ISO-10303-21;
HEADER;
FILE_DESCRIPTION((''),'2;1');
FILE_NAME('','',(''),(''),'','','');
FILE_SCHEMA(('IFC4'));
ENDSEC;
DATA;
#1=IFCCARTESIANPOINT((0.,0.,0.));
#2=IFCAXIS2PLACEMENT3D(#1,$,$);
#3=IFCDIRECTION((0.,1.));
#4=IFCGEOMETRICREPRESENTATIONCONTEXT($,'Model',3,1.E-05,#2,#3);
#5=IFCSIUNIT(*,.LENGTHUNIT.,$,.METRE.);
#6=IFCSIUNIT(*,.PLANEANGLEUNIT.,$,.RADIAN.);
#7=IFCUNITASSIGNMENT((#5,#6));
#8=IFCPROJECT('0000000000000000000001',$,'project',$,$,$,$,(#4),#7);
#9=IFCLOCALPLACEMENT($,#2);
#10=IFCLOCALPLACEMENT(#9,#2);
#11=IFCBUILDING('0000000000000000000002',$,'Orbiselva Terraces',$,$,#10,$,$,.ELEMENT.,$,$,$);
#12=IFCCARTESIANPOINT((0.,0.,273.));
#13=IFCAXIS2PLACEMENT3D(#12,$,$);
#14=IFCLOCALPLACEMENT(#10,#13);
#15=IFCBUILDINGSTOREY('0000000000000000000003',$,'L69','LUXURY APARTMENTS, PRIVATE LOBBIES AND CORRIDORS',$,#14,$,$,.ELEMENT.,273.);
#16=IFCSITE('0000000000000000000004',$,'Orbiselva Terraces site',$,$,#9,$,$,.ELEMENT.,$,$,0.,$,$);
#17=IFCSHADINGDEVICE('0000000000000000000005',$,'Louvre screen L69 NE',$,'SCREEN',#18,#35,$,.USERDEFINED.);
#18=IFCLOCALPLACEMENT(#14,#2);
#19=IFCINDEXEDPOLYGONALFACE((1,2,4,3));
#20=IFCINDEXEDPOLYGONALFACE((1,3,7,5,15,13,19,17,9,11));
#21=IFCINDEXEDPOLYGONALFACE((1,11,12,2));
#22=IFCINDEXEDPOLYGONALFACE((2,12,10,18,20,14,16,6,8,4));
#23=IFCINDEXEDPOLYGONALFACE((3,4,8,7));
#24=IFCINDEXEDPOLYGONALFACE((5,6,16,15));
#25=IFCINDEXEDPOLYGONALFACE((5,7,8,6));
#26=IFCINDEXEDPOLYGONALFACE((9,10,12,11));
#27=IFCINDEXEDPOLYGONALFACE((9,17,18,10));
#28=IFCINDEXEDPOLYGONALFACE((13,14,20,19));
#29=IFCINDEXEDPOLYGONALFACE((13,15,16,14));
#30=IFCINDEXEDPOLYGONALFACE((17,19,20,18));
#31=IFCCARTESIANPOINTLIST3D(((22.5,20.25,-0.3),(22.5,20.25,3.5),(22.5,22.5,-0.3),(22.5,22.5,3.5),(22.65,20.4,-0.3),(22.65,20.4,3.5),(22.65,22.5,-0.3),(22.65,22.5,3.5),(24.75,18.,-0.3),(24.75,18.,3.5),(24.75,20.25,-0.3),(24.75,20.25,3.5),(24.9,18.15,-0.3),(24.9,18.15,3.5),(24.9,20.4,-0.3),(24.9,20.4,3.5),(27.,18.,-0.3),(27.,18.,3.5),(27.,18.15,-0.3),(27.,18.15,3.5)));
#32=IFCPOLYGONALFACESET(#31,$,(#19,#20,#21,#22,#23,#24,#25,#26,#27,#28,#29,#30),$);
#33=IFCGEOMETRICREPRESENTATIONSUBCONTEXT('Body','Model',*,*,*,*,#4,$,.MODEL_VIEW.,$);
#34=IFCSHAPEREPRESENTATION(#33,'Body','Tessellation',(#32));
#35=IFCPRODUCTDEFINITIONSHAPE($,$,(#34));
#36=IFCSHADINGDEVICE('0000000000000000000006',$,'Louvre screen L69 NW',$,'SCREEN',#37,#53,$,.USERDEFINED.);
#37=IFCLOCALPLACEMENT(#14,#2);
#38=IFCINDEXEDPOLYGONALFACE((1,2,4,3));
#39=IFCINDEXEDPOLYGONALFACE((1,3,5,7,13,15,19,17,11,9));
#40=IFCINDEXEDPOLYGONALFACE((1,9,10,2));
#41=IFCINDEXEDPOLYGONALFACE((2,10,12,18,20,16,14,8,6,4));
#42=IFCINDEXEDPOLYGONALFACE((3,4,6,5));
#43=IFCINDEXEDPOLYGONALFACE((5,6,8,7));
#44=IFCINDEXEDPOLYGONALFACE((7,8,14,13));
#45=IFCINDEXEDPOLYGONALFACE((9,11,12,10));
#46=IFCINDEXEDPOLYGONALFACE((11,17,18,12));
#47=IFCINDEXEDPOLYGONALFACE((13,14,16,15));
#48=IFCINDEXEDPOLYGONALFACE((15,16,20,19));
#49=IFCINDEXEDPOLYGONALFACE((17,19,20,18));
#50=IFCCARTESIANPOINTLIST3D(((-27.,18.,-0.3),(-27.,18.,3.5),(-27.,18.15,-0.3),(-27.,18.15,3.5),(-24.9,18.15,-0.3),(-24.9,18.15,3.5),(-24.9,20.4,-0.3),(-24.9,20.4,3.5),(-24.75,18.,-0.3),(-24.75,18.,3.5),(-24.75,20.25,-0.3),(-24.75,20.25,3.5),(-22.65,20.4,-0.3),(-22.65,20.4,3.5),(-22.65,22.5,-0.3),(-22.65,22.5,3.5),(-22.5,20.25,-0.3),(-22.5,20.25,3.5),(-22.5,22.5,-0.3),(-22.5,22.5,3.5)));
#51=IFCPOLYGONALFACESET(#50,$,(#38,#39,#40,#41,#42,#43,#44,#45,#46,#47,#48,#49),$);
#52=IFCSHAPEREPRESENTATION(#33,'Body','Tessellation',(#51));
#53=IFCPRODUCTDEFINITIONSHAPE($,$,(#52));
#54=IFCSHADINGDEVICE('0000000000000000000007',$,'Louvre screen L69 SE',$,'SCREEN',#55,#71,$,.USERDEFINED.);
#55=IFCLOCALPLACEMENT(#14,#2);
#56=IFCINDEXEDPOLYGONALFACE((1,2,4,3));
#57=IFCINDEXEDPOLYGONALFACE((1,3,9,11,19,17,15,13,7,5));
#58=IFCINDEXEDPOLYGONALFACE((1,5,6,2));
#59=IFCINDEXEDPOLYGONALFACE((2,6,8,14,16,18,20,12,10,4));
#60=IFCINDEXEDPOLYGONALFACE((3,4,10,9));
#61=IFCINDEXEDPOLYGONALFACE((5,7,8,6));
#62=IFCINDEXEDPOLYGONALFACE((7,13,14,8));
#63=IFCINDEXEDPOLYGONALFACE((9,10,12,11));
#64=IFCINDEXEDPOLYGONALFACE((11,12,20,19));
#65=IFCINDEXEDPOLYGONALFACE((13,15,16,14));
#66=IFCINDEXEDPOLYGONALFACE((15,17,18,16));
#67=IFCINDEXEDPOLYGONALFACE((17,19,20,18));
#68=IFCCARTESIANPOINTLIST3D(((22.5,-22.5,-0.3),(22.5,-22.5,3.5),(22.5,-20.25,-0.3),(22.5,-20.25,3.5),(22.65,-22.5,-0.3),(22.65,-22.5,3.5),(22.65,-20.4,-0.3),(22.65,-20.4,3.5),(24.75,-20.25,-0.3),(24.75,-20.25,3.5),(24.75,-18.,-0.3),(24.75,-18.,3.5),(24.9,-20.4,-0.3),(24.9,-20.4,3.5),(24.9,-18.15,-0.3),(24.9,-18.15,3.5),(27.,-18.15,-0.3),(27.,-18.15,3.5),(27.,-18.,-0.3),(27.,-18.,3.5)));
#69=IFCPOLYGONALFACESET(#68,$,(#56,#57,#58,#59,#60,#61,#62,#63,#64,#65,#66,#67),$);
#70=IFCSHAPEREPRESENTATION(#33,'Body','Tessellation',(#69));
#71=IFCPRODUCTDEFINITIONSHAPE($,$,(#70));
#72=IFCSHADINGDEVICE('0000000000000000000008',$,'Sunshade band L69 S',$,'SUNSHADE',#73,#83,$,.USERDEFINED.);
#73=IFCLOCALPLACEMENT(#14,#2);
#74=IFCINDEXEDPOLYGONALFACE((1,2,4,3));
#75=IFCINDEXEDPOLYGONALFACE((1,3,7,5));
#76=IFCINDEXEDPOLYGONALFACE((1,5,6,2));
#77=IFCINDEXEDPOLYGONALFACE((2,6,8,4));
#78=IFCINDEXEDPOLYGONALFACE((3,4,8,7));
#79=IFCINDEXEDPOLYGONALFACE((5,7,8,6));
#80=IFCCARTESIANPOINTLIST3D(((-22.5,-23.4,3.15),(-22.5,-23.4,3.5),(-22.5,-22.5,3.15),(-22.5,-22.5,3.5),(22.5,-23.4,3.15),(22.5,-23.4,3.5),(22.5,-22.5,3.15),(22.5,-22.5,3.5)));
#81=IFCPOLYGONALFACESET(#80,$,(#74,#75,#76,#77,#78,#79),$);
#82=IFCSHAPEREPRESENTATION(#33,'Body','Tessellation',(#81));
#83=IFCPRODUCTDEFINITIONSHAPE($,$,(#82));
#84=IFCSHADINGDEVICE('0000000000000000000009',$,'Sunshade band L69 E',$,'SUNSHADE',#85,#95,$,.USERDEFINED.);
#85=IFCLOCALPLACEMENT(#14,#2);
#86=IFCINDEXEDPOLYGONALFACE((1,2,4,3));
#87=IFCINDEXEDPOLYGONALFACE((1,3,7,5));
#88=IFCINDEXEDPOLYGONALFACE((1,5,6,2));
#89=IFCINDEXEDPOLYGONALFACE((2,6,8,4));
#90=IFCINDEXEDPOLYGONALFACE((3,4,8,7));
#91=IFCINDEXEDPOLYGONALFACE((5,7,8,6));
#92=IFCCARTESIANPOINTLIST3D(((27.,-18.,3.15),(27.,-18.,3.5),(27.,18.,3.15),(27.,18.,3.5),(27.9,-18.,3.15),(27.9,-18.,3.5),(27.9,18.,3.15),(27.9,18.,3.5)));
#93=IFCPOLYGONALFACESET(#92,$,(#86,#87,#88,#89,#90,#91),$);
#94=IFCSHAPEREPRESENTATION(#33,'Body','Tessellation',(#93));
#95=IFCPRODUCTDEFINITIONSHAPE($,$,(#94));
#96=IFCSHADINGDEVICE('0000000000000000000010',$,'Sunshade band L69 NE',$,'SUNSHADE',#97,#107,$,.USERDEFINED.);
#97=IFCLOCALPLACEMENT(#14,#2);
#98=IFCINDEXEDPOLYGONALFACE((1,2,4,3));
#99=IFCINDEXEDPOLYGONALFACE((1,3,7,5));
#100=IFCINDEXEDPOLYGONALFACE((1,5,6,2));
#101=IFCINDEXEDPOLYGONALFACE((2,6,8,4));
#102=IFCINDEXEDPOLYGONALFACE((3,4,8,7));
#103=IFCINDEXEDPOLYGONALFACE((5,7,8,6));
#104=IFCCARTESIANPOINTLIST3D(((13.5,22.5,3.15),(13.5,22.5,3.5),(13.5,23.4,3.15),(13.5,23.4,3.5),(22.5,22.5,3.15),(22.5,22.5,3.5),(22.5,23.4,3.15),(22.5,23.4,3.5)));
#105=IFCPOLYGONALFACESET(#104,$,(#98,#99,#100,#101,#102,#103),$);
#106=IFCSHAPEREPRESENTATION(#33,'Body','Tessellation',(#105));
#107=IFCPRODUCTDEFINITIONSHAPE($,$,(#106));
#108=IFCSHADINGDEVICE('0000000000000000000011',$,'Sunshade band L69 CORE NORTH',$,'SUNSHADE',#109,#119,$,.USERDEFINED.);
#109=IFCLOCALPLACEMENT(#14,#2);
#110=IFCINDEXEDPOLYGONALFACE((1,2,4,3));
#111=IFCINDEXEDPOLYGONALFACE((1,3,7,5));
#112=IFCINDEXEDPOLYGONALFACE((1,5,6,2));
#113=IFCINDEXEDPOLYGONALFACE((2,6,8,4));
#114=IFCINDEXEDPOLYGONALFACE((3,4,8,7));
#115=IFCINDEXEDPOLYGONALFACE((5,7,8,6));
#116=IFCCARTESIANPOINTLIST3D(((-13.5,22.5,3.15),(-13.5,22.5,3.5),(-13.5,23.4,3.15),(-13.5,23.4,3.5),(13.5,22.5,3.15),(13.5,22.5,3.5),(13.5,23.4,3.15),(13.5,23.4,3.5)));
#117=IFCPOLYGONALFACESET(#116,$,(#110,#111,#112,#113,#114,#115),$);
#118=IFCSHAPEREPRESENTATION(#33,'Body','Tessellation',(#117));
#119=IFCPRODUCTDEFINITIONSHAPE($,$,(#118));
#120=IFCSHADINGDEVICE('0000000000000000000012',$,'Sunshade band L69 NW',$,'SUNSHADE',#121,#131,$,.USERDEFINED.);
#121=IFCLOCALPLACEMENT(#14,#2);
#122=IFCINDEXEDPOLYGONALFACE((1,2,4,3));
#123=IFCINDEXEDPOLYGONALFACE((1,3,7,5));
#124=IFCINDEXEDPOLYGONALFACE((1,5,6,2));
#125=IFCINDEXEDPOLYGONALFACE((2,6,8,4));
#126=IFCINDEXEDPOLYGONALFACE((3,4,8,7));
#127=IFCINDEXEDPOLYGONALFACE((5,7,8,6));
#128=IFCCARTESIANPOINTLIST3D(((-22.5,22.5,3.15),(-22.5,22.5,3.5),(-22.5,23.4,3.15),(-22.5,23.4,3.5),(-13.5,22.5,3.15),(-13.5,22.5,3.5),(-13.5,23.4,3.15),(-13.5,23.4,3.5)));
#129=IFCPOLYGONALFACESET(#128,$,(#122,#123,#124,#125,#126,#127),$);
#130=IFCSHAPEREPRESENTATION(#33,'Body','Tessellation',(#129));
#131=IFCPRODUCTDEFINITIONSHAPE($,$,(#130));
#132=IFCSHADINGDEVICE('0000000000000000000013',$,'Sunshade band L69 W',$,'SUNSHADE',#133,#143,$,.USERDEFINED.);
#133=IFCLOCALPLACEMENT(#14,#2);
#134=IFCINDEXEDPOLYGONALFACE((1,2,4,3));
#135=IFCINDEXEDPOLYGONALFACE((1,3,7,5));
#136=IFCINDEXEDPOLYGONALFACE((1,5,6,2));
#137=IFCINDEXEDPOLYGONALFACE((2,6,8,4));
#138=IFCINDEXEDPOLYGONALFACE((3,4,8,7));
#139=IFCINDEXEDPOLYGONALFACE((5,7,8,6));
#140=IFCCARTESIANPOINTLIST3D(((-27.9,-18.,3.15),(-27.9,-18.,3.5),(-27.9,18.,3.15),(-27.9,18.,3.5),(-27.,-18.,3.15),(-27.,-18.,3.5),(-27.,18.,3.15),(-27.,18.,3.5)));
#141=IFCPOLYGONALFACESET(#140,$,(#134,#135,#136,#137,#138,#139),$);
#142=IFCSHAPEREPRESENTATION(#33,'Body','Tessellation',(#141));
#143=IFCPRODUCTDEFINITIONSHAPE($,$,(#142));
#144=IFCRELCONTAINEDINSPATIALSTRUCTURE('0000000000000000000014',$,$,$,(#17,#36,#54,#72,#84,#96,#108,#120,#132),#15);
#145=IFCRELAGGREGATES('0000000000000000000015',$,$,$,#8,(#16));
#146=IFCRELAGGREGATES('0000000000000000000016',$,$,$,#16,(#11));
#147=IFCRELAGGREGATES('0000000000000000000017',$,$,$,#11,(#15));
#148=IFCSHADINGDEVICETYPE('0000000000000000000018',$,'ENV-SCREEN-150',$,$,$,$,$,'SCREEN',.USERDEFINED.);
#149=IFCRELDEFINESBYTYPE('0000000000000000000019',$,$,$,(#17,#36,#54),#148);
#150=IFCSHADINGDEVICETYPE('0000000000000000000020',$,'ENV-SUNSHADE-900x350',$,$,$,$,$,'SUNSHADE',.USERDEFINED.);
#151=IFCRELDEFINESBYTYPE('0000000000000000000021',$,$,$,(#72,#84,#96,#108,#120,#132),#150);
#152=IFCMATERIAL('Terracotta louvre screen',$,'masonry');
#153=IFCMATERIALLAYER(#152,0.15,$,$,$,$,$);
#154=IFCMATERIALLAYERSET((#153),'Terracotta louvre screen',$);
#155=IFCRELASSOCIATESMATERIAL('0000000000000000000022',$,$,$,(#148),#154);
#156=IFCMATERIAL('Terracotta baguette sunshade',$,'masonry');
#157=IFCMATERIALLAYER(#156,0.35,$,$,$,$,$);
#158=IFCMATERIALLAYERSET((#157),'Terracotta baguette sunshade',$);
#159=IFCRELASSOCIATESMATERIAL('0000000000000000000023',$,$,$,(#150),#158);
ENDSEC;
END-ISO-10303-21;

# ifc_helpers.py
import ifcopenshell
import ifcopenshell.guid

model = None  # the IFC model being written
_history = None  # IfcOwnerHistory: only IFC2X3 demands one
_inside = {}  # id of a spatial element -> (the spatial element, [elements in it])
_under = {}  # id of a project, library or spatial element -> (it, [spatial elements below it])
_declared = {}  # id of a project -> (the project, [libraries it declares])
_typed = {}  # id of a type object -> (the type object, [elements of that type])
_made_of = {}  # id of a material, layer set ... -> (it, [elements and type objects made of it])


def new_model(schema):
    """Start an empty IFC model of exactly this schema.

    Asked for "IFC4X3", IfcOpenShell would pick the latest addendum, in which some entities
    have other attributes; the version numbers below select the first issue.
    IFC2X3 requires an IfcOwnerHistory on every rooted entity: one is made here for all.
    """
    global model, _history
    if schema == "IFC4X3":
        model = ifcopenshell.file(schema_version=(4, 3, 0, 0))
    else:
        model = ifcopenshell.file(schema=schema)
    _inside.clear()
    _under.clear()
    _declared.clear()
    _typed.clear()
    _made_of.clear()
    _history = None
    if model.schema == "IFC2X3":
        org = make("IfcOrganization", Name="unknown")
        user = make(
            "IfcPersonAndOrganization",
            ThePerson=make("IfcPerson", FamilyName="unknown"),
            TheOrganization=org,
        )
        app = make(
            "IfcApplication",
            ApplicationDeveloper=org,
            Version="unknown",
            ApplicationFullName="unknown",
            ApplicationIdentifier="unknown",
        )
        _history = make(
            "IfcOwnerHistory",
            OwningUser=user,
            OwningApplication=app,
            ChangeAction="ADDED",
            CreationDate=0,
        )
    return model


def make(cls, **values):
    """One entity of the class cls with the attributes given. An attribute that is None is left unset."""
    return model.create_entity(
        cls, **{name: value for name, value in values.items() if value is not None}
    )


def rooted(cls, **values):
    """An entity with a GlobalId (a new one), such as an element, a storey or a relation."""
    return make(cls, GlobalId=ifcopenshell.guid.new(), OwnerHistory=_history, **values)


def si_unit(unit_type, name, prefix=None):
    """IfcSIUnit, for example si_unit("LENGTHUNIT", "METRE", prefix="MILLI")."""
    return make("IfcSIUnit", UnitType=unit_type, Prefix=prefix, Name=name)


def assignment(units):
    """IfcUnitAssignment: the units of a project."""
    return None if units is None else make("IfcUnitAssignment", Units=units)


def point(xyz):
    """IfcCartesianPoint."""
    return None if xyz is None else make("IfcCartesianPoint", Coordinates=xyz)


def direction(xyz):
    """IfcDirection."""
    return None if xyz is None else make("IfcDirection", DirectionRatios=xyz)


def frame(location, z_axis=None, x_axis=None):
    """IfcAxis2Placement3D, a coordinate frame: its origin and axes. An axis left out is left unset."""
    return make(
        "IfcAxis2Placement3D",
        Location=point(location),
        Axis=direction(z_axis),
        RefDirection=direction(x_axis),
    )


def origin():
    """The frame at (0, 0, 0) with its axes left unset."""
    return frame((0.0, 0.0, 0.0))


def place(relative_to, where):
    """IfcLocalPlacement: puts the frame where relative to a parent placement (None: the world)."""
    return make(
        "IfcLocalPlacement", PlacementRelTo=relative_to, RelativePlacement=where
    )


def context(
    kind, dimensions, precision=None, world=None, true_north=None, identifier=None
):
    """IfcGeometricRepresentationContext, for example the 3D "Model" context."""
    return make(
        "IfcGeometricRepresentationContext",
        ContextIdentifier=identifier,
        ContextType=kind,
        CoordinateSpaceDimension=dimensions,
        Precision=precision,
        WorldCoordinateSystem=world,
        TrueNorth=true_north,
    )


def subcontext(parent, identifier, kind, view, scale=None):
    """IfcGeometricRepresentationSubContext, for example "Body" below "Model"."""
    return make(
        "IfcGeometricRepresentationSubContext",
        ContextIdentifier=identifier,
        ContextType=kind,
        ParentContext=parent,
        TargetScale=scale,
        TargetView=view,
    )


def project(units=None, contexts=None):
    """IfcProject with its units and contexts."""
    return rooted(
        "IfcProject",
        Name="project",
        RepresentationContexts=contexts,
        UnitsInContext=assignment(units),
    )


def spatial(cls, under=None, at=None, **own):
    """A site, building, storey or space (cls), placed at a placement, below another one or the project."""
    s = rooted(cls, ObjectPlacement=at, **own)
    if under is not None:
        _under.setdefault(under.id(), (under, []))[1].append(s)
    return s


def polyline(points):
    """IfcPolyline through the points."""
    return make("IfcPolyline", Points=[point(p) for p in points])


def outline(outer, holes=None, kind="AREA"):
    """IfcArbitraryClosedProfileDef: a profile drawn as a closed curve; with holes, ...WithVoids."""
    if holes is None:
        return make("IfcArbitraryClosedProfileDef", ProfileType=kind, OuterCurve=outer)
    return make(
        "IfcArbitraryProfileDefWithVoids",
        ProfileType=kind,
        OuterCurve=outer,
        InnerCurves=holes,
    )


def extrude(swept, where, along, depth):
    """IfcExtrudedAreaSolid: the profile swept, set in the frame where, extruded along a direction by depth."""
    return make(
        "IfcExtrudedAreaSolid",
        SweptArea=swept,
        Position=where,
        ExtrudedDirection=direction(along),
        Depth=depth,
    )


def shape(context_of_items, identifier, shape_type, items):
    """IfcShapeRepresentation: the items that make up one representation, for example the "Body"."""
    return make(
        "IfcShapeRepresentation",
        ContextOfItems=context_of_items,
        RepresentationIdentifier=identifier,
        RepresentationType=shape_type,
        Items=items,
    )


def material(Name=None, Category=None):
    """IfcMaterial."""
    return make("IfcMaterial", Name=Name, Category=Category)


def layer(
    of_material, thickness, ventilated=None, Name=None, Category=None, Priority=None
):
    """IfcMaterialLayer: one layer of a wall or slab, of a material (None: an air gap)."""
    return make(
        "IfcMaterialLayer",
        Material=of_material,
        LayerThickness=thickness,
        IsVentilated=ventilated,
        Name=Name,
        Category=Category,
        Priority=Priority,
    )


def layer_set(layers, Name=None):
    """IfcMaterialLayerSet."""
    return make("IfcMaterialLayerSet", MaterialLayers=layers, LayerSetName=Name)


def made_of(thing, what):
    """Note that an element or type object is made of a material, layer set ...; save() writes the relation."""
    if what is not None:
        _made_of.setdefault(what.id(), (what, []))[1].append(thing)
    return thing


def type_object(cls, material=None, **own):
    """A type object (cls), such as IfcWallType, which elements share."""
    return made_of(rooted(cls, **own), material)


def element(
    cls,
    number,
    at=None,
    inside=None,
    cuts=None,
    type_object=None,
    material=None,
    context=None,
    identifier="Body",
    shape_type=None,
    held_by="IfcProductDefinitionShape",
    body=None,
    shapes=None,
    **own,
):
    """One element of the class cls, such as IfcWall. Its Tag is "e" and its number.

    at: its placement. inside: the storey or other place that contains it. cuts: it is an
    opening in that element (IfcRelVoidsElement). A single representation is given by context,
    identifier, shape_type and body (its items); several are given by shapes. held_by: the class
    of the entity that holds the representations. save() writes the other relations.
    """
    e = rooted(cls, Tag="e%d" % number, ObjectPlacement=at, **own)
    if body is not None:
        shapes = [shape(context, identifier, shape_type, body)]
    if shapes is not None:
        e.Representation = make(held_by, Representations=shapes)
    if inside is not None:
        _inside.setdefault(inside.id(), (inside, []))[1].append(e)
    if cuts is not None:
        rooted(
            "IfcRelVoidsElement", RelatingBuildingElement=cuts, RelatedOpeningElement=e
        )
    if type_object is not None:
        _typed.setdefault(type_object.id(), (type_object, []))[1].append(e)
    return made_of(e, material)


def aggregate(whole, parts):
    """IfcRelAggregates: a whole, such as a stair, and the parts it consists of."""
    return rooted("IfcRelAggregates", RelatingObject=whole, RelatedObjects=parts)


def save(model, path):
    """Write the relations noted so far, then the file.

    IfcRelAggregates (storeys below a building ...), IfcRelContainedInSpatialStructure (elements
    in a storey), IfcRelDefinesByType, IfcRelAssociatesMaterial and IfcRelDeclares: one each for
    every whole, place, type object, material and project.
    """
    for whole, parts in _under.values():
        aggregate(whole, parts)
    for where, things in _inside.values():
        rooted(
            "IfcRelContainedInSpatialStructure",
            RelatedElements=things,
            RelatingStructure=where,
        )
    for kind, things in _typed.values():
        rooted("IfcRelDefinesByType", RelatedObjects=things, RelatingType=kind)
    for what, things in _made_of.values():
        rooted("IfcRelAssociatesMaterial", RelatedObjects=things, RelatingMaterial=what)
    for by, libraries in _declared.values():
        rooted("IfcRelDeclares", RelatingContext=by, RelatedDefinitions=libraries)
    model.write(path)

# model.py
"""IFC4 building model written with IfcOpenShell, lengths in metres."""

from ifc_helpers import new_model, si_unit, direction, frame, origin, place, context, subcontext, project, spatial, polyline, outline, extrude, material, layer, layer_set, type_object, element, save


model = new_model("IFC4")

# Units and contexts
model_context = context("Model", 3, precision=1e-05, world=origin(), true_north=direction((0.0, 1.0)))
body_context = subcontext(model_context, "Body", "Model", "MODEL_VIEW")
ifc_project = project(units=[si_unit("LENGTHUNIT", "METRE"), si_unit("PLANEANGLEUNIT", "RADIAN")], contexts=[model_context])

# Site, building, storey
site_placement = place(None, origin())
site = spatial("IfcSite", under=ifc_project, at=site_placement, Name="Orbiselva Terraces site", CompositionType="ELEMENT", RefElevation=0.0)
building_placement = place(site_placement, origin())
building = spatial("IfcBuilding", under=site, at=building_placement, Name="Orbiselva Terraces", CompositionType="ELEMENT")
storey_placement = place(building_placement, frame((0.0, 0.0, 273.0)))
storey = spatial("IfcBuildingStorey", under=building, at=storey_placement, Name="L69", Description="LUXURY APARTMENTS, PRIVATE LOBBIES AND CORRIDORS", CompositionType="ELEMENT", Elevation=273.0)

# Shading devices
ifc_material_1 = material(Name="Terracotta louvre screen", Category="masonry")
ifc_layer_1 = layer(ifc_material_1, 0.15)
ifc_layer_set_1 = layer_set([ifc_layer_1], Name="Terracotta louvre screen")
shading_device_type_1 = type_object("IfcShadingDeviceType", Name="ENV-SCREEN-150", ElementType="SCREEN", PredefinedType="USERDEFINED", material=ifc_layer_set_1)
shading_device_1_placement = place(storey_placement, frame((0.0, 0.0, -0.3)))
element("IfcShadingDevice", 1, at=shading_device_1_placement, inside=storey, type_object=shading_device_type_1, Name="Louvre screen L69 NE", ObjectType="SCREEN", PredefinedType="USERDEFINED", context=body_context, shape_type="SweptSolid", body=[
    extrude(outline(polyline([(27.0, 18.15), (24.9, 18.15), (24.9, 20.4), (22.65, 20.4), (22.65, 22.5), (22.5, 22.5), (22.5, 20.25), (24.75, 20.25), (24.75, 18.0), (27.0, 18.0), (27.0, 18.15)])), origin(), (0.0, 0.0, 1.0), 3.8),
])
shading_device_2_placement = place(storey_placement, frame((0.0, 0.0, -0.3)))
element("IfcShadingDevice", 2, at=shading_device_2_placement, inside=storey, type_object=shading_device_type_1, Name="Louvre screen L69 NW", ObjectType="SCREEN", PredefinedType="USERDEFINED", context=body_context, shape_type="SweptSolid", body=[
    extrude(outline(polyline([(-22.65, 22.5), (-22.65, 20.4), (-24.9, 20.4), (-24.9, 18.15), (-27.0, 18.15), (-27.0, 18.0), (-24.75, 18.0), (-24.75, 20.25), (-22.5, 20.25), (-22.5, 22.5), (-22.65, 22.5)])), origin(), (0.0, 0.0, 1.0), 3.8),
])
shading_device_3_placement = place(storey_placement, frame((0.0, 0.0, -0.3)))
element("IfcShadingDevice", 3, at=shading_device_3_placement, inside=storey, type_object=shading_device_type_1, Name="Louvre screen L69 SE", ObjectType="SCREEN", PredefinedType="USERDEFINED", context=body_context, shape_type="SweptSolid", body=[
    extrude(outline(polyline([(22.65, -22.5), (22.65, -20.4), (24.9, -20.4), (24.9, -18.15), (27.0, -18.15), (27.0, -18.0), (24.75, -18.0), (24.75, -20.25), (22.5, -20.25), (22.5, -22.5), (22.65, -22.5)])), origin(), (0.0, 0.0, 1.0), 3.8),
])
ifc_material_2 = material(Name="Terracotta baguette sunshade", Category="masonry")
ifc_layer_2 = layer(ifc_material_2, 0.35)
ifc_layer_set_2 = layer_set([ifc_layer_2], Name="Terracotta baguette sunshade")
shading_device_type_2 = type_object("IfcShadingDeviceType", Name="ENV-SUNSHADE-900x350", ElementType="SUNSHADE", PredefinedType="USERDEFINED", material=ifc_layer_set_2)
shading_device_4_placement = place(storey_placement, frame((0.0, 0.0, 3.15)))
element("IfcShadingDevice", 4, at=shading_device_4_placement, inside=storey, type_object=shading_device_type_2, Name="Sunshade band L69 S", ObjectType="SUNSHADE", PredefinedType="USERDEFINED", context=body_context, shape_type="SweptSolid", body=[
    extrude(outline(polyline([(-22.5, -23.4), (22.5, -23.4), (22.5, -22.5), (-22.5, -22.5), (-22.5, -23.4)])), origin(), (0.0, 0.0, 1.0), 0.35),
])
shading_device_5_placement = place(storey_placement, frame((0.0, 0.0, 3.15)))
element("IfcShadingDevice", 5, at=shading_device_5_placement, inside=storey, type_object=shading_device_type_2, Name="Sunshade band L69 E", ObjectType="SUNSHADE", PredefinedType="USERDEFINED", context=body_context, shape_type="SweptSolid", body=[
    extrude(outline(polyline([(27.9, -18.0), (27.9, 18.0), (27.0, 18.0), (27.0, -18.0), (27.9, -18.0)])), origin(), (0.0, 0.0, 1.0), 0.35),
])
shading_device_6_placement = place(storey_placement, frame((0.0, 0.0, 3.15)))
element("IfcShadingDevice", 6, at=shading_device_6_placement, inside=storey, type_object=shading_device_type_2, Name="Sunshade band L69 NE", ObjectType="SUNSHADE", PredefinedType="USERDEFINED", context=body_context, shape_type="SweptSolid", body=[
    extrude(outline(polyline([(22.5, 23.4), (13.5, 23.4), (13.5, 22.5), (22.5, 22.5), (22.5, 23.4)])), origin(), (0.0, 0.0, 1.0), 0.35),
])
shading_device_7_placement = place(storey_placement, frame((0.0, 0.0, 3.15)))
element("IfcShadingDevice", 7, at=shading_device_7_placement, inside=storey, type_object=shading_device_type_2, Name="Sunshade band L69 CORE NORTH", ObjectType="SUNSHADE", PredefinedType="USERDEFINED", context=body_context, shape_type="SweptSolid", body=[
    extrude(outline(polyline([(13.5, 23.4), (-13.5, 23.4), (-13.5, 22.5), (13.5, 22.5), (13.5, 23.4)])), origin(), (0.0, 0.0, 1.0), 0.35),
])
shading_device_8_placement = place(storey_placement, frame((0.0, 0.0, 3.15)))
element("IfcShadingDevice", 8, at=shading_device_8_placement, inside=storey, type_object=shading_device_type_2, Name="Sunshade band L69 NW", ObjectType="SUNSHADE", PredefinedType="USERDEFINED", context=body_context, shape_type="SweptSolid", body=[
    extrude(outline(polyline([(-13.5, 23.4), (-22.5, 23.4), (-22.5, 22.5), (-13.5, 22.5), (-13.5, 23.4)])), origin(), (0.0, 0.0, 1.0), 0.35),
])
shading_device_9_placement = place(storey_placement, frame((0.0, 0.0, 3.15)))
element("IfcShadingDevice", 9, at=shading_device_9_placement, inside=storey, type_object=shading_device_type_2, Name="Sunshade band L69 W", ObjectType="SUNSHADE", PredefinedType="USERDEFINED", context=body_context, shape_type="SweptSolid", body=[
    extrude(outline(polyline([(-27.9, 18.0), (-27.9, -18.0), (-27.0, -18.0), (-27.0, 18.0), (-27.9, 18.0)])), origin(), (0.0, 0.0, 1.0), 0.35),
])

save(model, "model.ifc")
